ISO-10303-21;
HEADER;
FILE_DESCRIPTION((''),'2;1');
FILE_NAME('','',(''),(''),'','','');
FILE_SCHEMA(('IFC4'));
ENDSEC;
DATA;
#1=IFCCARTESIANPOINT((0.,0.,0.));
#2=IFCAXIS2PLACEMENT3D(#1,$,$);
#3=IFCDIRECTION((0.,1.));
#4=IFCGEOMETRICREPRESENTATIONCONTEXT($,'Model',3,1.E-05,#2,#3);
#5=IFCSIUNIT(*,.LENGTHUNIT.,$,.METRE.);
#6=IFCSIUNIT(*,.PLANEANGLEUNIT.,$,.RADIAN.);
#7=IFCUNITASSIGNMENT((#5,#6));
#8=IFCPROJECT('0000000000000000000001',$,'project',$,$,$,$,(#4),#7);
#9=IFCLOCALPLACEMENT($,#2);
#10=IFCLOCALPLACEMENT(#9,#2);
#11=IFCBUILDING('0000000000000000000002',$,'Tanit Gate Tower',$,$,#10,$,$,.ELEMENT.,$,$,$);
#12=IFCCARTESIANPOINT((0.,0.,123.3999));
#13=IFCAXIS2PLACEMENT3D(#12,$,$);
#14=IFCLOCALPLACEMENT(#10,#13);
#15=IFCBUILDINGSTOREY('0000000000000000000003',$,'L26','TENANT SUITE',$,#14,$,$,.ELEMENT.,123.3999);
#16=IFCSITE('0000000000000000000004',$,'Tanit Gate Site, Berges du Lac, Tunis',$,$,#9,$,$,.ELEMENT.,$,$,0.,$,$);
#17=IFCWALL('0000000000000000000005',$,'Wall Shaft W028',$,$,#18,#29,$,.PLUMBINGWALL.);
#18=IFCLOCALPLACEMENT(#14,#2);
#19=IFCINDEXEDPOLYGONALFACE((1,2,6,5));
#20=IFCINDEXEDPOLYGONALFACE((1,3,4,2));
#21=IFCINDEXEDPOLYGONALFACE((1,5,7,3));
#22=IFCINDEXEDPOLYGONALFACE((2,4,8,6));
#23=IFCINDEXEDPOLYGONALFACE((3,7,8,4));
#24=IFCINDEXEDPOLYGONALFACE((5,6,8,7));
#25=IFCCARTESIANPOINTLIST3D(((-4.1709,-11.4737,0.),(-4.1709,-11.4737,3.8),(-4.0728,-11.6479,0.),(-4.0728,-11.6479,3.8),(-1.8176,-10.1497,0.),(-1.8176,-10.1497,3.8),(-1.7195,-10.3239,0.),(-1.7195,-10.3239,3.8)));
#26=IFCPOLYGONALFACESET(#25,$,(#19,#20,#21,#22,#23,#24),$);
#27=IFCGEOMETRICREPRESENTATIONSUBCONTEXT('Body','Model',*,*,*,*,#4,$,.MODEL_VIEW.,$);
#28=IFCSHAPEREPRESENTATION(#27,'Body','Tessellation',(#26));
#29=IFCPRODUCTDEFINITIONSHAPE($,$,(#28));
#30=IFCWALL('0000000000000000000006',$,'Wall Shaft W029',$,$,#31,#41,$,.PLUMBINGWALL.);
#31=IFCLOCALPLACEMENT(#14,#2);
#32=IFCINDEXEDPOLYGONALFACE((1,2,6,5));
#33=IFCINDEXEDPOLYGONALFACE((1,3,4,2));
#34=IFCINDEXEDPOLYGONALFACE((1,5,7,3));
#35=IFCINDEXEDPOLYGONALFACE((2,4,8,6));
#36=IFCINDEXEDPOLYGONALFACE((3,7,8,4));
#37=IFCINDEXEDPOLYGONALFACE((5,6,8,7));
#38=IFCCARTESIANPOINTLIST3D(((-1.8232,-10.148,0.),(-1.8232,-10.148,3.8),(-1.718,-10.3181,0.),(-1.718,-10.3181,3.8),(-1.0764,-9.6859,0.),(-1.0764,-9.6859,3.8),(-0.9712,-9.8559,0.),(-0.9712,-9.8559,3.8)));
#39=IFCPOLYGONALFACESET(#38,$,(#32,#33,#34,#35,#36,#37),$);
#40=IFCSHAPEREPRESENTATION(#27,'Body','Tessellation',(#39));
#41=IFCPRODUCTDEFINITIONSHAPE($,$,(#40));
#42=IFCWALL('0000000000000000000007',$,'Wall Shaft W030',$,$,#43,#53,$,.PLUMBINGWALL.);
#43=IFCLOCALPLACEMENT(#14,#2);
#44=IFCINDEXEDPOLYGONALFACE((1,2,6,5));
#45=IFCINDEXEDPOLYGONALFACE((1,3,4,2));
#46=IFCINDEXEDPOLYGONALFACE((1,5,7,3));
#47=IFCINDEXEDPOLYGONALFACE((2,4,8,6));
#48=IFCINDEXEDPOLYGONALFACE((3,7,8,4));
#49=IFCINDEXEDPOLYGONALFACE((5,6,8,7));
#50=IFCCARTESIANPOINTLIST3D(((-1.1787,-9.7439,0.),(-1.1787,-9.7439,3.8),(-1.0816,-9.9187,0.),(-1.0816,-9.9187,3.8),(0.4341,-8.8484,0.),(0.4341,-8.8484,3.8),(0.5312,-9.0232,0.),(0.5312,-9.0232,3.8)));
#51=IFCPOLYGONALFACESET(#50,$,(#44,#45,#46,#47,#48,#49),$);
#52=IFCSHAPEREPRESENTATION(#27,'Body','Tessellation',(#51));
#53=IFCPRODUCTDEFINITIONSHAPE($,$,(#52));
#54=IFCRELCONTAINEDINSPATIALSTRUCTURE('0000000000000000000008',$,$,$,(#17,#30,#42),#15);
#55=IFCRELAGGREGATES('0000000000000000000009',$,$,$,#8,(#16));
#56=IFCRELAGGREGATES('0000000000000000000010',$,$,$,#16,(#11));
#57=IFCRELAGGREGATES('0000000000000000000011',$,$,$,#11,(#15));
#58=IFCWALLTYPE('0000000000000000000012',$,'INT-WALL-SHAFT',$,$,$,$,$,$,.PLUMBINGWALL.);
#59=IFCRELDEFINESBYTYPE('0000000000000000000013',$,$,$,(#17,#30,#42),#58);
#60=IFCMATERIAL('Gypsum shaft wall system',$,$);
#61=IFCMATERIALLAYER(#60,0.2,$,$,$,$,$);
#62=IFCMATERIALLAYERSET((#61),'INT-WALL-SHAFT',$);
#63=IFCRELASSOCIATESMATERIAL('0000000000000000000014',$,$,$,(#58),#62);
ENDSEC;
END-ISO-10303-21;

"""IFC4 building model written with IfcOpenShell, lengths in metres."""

from ifc_helpers import new_model, si_unit, direction, frame, frame_2d, origin, place, context, subcontext, project, spatial, rectangle, extrude, material, layer, layer_set, type_object, element, save


model = new_model("IFC4")

# Units and contexts
model_context = context("Model", 3, precision=1e-05, world=origin(), true_north=direction((0.0, 1.0)))
body_context = subcontext(model_context, "Body", "Model", "MODEL_VIEW")
ifc_project = project(units=[si_unit("LENGTHUNIT", "METRE"), si_unit("PLANEANGLEUNIT", "RADIAN")], contexts=[model_context])

# Site, building, storey
site_placement = place(None, origin())
site = spatial("IfcSite", under=ifc_project, at=site_placement, Name="Tanit Gate Site, Berges du Lac, Tunis", CompositionType="ELEMENT", RefElevation=0.0)
building_placement = place(site_placement, origin())
building = spatial("IfcBuilding", under=site, at=building_placement, Name="Tanit Gate Tower", CompositionType="ELEMENT")
storey_placement = place(building_placement, frame((0.0, 0.0, 123.3999)))
storey = spatial("IfcBuildingStorey", under=building, at=storey_placement, Name="L26", Description="TENANT SUITE", CompositionType="ELEMENT", Elevation=123.3999)

# Walls
ifc_material_1 = material(Name="Gypsum shaft wall system")
ifc_layer_1 = layer(ifc_material_1, 0.2)
ifc_layer_set_1 = layer_set([ifc_layer_1], Name="INT-WALL-SHAFT")
wall_type_1 = type_object("IfcWallType", Name="INT-WALL-SHAFT", PredefinedType="PLUMBINGWALL", material=ifc_layer_set_1)
wall_1_placement = place(storey_placement, frame((-1.7686, -10.2368, 0.0), z_axis=(0.0, 0.0, 1.0), x_axis=(-0.871534, -0.490334, 0.0)))
element("IfcWall", 1, at=wall_1_placement, inside=storey, type_object=wall_type_1, Name="Wall Shaft W028", PredefinedType="PLUMBINGWALL", context=body_context, shape_type="SweptSolid", body=[
    extrude(rectangle(XDim=2.7002, YDim=0.2, at=frame_2d((1.3501, 0.0))), origin(), (0.0, 0.0, 1.0), 3.8),
])
wall_2_placement = place(storey_placement, frame((-1.0239, -9.771, 0.0), z_axis=(0.0, 0.0, 1.0), x_axis=(-0.850348, -0.526221, 0.0)))
element("IfcWall", 2, at=wall_2_placement, inside=storey, type_object=wall_type_1, Name="Wall Shaft W029", PredefinedType="PLUMBINGWALL", context=body_context, shape_type="SweptSolid", body=[
    extrude(rectangle(XDim=0.8782, YDim=0.2, at=frame_2d((0.439, 0.0))), origin(), (0.0, 0.0, 1.0), 3.8),
])
wall_3_placement = place(storey_placement, frame((-1.1301, -9.8313, 0.0), z_axis=(0.0, 0.0, 1.0), x_axis=(0.87427, 0.485441, 0.0)))
element("IfcWall", 3, at=wall_3_placement, inside=storey, type_object=wall_type_1, Name="Wall Shaft W030", PredefinedType="PLUMBINGWALL", context=body_context, shape_type="SweptSolid", body=[
    extrude(rectangle(XDim=1.8447, YDim=0.2, at=frame_2d((0.9224, 0.0))), origin(), (0.0, 0.0, 1.0), 3.8),
])

save(model, "model.ifc")
